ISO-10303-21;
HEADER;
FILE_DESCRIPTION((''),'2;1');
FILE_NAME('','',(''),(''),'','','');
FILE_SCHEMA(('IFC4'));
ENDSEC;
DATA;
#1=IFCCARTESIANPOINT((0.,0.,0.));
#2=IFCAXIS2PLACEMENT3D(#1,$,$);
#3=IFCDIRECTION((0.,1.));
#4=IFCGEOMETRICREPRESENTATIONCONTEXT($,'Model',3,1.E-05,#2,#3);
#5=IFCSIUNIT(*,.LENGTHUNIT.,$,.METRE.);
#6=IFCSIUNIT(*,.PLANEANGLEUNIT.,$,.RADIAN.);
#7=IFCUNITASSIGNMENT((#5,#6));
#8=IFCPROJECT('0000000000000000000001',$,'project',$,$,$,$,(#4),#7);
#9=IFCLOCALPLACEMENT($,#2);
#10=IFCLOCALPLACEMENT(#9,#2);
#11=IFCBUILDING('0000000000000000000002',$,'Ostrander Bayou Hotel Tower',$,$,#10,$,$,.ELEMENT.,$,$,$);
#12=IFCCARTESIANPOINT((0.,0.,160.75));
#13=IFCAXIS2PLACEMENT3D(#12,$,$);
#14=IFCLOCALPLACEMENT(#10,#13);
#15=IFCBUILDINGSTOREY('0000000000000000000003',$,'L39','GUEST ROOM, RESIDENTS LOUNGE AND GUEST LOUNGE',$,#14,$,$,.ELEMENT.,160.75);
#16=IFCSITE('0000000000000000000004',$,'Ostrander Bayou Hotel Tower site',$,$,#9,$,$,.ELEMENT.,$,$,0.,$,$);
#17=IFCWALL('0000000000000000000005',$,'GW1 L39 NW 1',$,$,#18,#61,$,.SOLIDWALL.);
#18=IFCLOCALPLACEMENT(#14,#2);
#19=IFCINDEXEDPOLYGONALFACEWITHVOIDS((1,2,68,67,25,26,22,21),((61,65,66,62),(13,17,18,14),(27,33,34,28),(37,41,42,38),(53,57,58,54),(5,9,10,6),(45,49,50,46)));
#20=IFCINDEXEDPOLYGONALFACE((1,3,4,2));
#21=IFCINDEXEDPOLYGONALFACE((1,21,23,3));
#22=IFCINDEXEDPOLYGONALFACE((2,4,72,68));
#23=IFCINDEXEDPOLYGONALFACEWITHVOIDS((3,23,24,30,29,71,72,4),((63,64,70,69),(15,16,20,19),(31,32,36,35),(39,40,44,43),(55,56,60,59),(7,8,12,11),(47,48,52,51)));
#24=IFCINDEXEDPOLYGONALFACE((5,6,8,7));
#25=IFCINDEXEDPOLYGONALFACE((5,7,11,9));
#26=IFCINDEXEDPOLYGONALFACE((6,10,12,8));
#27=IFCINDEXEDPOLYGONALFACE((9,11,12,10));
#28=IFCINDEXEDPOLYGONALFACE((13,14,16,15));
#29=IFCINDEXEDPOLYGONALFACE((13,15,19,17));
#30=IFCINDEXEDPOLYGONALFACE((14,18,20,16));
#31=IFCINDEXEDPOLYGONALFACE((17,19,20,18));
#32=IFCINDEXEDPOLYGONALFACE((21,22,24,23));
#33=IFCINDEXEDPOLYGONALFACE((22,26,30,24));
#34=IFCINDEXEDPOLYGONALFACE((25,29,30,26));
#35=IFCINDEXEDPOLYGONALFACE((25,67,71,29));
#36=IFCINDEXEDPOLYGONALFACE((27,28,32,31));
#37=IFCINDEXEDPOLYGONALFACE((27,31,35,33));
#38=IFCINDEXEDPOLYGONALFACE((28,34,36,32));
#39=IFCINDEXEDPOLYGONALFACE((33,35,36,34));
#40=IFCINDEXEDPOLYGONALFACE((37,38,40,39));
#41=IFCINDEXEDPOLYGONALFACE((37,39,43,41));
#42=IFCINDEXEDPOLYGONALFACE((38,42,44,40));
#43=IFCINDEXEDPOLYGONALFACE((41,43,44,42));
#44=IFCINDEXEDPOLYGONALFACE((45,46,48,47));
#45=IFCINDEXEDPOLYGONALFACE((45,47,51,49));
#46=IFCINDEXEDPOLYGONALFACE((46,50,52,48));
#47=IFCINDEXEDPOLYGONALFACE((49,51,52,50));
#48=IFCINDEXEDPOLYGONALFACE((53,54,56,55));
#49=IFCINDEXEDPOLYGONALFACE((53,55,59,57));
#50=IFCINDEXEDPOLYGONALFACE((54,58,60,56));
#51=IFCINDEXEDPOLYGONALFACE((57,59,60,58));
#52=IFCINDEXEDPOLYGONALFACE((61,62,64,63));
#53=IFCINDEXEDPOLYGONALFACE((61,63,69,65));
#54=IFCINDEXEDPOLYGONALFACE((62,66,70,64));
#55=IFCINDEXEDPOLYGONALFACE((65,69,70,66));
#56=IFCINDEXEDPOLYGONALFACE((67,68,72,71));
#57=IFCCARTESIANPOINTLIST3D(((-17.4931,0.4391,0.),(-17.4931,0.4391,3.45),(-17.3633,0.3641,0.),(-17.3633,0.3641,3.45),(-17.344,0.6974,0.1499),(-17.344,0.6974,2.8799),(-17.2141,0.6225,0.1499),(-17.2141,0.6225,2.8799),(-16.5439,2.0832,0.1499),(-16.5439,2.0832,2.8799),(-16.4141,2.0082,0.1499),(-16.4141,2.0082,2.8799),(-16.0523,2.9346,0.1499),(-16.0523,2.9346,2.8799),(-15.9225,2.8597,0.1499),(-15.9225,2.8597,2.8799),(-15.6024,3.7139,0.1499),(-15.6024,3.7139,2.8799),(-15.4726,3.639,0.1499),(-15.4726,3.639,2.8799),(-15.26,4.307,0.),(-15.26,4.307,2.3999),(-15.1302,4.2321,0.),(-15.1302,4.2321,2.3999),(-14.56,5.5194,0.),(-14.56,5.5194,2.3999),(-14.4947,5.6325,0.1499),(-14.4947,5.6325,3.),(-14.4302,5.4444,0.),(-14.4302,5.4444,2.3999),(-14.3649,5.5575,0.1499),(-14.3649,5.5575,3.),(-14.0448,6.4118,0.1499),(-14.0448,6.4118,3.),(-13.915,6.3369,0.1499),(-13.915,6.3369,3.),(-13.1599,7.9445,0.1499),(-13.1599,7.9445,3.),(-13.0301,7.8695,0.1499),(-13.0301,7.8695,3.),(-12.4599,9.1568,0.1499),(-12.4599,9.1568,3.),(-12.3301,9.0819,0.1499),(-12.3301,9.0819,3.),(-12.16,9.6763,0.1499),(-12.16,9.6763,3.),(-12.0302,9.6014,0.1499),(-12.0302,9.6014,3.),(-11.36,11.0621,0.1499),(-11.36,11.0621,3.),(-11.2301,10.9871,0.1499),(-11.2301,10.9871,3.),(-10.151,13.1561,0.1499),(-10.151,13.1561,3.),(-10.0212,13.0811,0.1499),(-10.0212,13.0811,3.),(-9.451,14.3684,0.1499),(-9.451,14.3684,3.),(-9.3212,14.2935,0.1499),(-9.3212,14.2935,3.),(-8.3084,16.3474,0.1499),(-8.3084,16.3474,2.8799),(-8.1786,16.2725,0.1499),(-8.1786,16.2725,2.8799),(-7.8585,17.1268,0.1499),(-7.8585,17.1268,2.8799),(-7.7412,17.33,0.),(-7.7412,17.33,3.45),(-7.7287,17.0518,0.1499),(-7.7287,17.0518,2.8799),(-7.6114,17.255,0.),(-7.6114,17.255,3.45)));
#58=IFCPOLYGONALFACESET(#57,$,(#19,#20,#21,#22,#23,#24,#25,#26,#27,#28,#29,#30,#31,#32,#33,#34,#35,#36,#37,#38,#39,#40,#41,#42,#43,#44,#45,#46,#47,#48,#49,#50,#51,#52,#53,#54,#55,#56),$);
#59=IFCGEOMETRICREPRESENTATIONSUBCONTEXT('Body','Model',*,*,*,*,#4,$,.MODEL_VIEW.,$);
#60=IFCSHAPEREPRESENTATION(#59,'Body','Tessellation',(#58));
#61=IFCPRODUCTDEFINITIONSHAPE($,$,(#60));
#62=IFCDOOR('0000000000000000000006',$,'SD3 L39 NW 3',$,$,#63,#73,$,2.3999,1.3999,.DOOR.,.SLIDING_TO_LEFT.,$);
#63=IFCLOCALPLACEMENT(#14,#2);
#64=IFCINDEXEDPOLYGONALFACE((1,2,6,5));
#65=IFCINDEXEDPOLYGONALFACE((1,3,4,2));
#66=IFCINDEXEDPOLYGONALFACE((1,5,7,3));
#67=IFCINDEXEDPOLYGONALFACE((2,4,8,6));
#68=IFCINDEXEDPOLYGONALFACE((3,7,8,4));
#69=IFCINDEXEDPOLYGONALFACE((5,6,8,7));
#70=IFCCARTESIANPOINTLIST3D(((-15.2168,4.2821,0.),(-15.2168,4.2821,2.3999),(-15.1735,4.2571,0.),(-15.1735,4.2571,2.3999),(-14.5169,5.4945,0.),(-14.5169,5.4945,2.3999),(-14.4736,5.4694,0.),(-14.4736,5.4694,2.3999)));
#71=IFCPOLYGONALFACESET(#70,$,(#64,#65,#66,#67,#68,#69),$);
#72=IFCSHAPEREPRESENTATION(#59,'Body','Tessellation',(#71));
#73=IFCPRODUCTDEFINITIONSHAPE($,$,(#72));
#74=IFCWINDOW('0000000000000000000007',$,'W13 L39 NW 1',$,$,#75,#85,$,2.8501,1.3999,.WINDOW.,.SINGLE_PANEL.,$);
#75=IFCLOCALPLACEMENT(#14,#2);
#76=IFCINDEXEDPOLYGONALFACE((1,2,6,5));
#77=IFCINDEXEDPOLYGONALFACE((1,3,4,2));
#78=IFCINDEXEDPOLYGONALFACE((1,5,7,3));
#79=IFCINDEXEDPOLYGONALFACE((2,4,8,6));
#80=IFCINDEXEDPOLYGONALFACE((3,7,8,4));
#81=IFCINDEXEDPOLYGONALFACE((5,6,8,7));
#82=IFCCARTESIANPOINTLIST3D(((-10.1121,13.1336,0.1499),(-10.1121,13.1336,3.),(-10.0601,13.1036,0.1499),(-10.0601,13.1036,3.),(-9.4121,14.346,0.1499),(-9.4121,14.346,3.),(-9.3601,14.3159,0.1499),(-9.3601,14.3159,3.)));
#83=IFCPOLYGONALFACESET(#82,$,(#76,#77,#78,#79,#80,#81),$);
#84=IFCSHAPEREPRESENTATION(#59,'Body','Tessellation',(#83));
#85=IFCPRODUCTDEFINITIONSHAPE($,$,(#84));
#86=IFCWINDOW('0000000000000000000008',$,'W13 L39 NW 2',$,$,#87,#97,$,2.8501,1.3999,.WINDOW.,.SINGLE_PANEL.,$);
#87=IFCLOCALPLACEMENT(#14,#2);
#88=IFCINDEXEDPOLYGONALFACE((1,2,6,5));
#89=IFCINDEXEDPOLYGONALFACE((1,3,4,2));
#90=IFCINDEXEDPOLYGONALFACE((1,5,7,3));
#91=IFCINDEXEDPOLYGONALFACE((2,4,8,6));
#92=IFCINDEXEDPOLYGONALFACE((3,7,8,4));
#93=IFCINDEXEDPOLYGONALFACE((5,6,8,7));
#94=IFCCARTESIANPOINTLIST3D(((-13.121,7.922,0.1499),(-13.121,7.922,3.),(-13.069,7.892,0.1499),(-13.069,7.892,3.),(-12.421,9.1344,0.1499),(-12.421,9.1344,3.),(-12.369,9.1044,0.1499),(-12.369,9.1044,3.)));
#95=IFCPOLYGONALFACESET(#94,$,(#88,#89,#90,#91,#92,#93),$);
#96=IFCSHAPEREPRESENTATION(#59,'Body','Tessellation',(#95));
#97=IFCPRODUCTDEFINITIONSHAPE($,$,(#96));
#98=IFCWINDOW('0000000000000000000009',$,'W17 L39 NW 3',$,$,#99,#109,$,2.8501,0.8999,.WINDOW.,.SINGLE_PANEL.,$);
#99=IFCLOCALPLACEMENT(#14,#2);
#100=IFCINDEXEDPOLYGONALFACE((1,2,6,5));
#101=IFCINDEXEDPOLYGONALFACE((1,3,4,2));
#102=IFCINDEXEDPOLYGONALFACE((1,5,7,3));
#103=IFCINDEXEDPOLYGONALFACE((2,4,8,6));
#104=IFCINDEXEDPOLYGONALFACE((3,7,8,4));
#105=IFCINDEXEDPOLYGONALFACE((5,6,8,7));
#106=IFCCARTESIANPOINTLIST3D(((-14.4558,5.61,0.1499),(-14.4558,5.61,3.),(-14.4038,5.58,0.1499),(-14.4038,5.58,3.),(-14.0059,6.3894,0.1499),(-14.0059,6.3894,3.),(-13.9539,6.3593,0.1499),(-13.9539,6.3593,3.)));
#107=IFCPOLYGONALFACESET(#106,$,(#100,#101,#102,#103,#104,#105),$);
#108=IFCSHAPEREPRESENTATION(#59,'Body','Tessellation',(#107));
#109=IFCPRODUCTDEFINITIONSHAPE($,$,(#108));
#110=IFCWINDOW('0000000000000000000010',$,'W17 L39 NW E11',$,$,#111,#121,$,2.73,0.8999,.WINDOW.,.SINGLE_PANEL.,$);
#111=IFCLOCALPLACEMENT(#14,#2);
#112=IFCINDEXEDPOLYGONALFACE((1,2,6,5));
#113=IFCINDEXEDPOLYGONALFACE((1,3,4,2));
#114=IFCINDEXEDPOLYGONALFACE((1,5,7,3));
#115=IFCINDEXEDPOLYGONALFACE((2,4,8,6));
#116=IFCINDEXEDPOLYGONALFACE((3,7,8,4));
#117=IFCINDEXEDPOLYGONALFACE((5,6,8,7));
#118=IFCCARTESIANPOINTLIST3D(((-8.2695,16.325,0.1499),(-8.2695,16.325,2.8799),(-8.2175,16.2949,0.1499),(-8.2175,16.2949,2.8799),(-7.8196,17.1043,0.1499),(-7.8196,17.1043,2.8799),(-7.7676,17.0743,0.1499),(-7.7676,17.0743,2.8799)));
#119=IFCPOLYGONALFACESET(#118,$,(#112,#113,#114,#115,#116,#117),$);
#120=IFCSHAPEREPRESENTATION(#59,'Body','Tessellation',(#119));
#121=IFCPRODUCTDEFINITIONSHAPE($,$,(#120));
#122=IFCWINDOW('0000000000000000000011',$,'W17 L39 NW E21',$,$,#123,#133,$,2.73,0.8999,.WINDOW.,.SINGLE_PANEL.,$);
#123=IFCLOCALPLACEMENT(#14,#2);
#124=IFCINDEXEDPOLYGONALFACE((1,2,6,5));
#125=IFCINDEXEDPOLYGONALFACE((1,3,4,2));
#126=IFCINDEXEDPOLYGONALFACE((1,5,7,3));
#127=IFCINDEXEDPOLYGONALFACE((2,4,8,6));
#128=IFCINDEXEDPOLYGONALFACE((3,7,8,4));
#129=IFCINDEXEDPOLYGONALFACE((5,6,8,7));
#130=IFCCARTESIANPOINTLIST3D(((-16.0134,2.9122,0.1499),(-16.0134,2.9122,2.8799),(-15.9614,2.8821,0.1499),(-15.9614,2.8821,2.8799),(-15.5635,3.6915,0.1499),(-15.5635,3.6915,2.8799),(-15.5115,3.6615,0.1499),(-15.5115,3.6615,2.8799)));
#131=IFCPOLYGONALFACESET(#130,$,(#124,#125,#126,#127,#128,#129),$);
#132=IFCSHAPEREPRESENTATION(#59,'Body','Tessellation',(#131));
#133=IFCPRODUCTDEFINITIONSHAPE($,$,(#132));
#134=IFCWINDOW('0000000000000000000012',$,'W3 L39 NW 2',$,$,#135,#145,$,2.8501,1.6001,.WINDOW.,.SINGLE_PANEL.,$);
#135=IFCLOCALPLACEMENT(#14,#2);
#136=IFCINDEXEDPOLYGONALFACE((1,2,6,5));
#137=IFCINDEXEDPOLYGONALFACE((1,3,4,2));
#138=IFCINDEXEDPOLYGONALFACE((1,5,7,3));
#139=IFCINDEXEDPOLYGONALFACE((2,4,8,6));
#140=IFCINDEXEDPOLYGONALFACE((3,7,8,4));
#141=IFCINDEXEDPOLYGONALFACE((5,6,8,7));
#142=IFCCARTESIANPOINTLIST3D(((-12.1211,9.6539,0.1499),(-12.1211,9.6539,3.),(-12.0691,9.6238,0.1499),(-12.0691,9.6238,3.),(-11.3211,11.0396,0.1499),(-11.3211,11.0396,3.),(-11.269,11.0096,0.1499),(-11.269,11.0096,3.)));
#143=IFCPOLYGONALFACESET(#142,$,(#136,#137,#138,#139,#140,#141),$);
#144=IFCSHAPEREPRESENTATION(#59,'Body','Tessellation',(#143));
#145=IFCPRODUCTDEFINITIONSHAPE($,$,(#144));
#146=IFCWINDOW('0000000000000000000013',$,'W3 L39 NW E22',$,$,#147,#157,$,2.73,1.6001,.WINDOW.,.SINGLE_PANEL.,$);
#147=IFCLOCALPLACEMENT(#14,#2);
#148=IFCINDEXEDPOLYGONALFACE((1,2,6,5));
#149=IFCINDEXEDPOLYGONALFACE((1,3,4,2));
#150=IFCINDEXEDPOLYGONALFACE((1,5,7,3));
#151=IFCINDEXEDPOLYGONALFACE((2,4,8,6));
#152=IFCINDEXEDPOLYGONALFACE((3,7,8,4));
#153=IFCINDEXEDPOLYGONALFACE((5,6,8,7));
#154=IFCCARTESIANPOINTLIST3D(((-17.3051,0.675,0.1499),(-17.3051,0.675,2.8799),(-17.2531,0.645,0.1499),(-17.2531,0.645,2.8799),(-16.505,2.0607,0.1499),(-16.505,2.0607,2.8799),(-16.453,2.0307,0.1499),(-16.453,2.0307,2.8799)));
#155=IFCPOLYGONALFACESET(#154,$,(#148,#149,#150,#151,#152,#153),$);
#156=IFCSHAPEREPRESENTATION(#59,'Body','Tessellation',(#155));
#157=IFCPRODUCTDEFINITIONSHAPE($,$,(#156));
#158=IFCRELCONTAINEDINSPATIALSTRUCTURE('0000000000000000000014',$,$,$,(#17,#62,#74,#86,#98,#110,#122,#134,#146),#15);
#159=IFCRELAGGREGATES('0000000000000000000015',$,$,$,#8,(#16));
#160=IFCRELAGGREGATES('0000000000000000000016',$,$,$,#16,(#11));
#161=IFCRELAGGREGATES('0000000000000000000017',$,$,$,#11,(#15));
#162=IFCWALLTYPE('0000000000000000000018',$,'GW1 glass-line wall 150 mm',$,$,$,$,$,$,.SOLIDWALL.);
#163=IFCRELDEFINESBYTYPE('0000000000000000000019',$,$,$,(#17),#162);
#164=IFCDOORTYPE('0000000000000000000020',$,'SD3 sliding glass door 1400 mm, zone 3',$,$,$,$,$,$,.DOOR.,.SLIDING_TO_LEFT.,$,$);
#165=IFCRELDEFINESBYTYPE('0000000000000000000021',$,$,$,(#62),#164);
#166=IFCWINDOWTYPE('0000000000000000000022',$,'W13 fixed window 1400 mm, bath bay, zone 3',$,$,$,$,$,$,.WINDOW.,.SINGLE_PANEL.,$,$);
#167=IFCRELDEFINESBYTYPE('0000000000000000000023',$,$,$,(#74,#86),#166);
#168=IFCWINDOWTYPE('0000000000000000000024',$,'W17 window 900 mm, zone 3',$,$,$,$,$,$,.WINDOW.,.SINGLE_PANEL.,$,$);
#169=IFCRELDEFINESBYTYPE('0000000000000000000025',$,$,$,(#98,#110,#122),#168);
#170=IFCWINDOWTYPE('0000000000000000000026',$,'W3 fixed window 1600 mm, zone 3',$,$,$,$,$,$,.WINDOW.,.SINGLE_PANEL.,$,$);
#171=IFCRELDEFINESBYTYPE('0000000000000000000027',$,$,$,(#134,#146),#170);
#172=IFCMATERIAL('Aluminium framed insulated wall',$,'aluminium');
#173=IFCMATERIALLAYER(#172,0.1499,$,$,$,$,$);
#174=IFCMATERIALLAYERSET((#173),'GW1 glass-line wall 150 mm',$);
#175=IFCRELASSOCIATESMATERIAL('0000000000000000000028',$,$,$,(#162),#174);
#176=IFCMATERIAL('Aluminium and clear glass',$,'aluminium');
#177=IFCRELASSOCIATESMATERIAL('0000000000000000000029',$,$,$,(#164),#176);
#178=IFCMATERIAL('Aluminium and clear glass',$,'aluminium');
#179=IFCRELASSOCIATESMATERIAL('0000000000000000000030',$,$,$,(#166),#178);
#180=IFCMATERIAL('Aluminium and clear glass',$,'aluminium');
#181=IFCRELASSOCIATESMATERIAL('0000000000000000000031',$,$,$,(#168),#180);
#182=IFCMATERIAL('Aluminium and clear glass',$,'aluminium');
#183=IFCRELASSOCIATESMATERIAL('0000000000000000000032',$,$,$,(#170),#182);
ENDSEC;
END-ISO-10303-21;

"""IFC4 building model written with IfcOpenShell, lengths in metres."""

from ifc_helpers import new_model, si_unit, direction, frame, frame_2d, origin, place, context, subcontext, project, spatial, rectangle, extrude, material, layer, layer_set, type_object, element, fill, save


model = new_model("IFC4")

# Units and contexts
model_context = context("Model", 3, precision=1e-05, world=origin(), true_north=direction((0.0, 1.0)))
body_context = subcontext(model_context, "Body", "Model", "MODEL_VIEW")
ifc_project = project(units=[si_unit("LENGTHUNIT", "METRE"), si_unit("PLANEANGLEUNIT", "RADIAN")], contexts=[model_context])

# Site, building, storey
site_placement = place(None, origin())
site = spatial("IfcSite", under=ifc_project, at=site_placement, Name="Ostrander Bayou Hotel Tower site", CompositionType="ELEMENT", RefElevation=0.0)
building_placement = place(site_placement, origin())
building = spatial("IfcBuilding", under=site, at=building_placement, Name="Ostrander Bayou Hotel Tower", CompositionType="ELEMENT")
storey_placement = place(building_placement, frame((0.0, 0.0, 160.75)))
storey = spatial("IfcBuildingStorey", under=building, at=storey_placement, Name="L39", Description="GUEST ROOM, RESIDENTS LOUNGE AND GUEST LOUNGE", CompositionType="ELEMENT", Elevation=160.75)

# Wall, openings, door, windows
ifc_material_1 = material(Name="Aluminium framed insulated wall", Category="aluminium")
ifc_layer_1 = layer(ifc_material_1, 0.1499)
ifc_layer_set_1 = layer_set([ifc_layer_1], Name="GW1 glass-line wall 150 mm")
wall_type_1 = type_object("IfcWallType", Name="GW1 glass-line wall 150 mm", PredefinedType="SOLIDWALL", material=ifc_layer_set_1)
wall_1_placement = place(storey_placement, frame((-7.6763, 17.2925, 0.0), z_axis=(0.0, 0.0, 1.0), x_axis=(-0.5, -0.866025, 0.0)))
wall_1 = element("IfcWall", 1, at=wall_1_placement, inside=storey, type_object=wall_type_1, Name="GW1 L39 NW 1", PredefinedType="SOLIDWALL", context=body_context, shape_type="SweptSolid", body=[
    extrude(rectangle(XDim=19.5039, YDim=0.1499, at=frame_2d((9.752, 0.0))), origin(), (0.0, 0.0, 1.0), 3.45),
])
opening_1_placement = place(wall_1_placement, frame((3.4197, 0.0, 0.1499)))
opening_1 = element("IfcOpeningElement", 2, at=opening_1_placement, cuts=wall_1, PredefinedType="OPENING", context=body_context, shape_type="SweptSolid", body=[
    extrude(rectangle(XDim=1.3999, YDim=2.8501, at=frame_2d((0.7, 1.425))), frame((0.0, 0.075, 0.0), z_axis=(0.0, -1.0, 0.0), x_axis=(1.0, 0.0, 0.0)), (0.0, 0.0, 1.0), 0.1499),
])
opening_2_placement = place(wall_1_placement, frame((7.2375, 0.0, 0.1499)))
opening_2 = element("IfcOpeningElement", 3, at=opening_2_placement, cuts=wall_1, PredefinedType="OPENING", context=body_context, shape_type="SweptSolid", body=[
    extrude(rectangle(XDim=1.6001, YDim=2.8501, at=frame_2d((0.8, 1.425))), frame((0.0, 0.075, 0.0), z_axis=(0.0, -1.0, 0.0), x_axis=(1.0, 0.0, 0.0)), (0.0, 0.0, 1.0), 0.1499),
])
opening_3_placement = place(wall_1_placement, frame((9.4375, 0.0, 0.1499)))
opening_3 = element("IfcOpeningElement", 4, at=opening_3_placement, cuts=wall_1, PredefinedType="OPENING", context=body_context, shape_type="SweptSolid", body=[
    extrude(rectangle(XDim=1.3999, YDim=2.8501, at=frame_2d((0.7, 1.425))), frame((0.0, 0.075, 0.0), z_axis=(0.0, -1.0, 0.0), x_axis=(1.0, 0.0, 0.0)), (0.0, 0.0, 1.0), 0.1499),
])
opening_4_placement = place(wall_1_placement, frame((12.6072, 0.0, 0.1499)))
opening_4 = element("IfcOpeningElement", 5, at=opening_4_placement, cuts=wall_1, PredefinedType="OPENING", context=body_context, shape_type="SweptSolid", body=[
    extrude(rectangle(XDim=0.8999, YDim=2.8501, at=frame_2d((0.45, 1.425))), frame((0.0, 0.075, 0.0), z_axis=(0.0, -1.0, 0.0), x_axis=(1.0, 0.0, 0.0)), (0.0, 0.0, 1.0), 0.1499),
])
opening_5_placement = place(wall_1_placement, frame((13.6377, 0.0, 0.0)))
opening_5 = element("IfcOpeningElement", 6, at=opening_5_placement, cuts=wall_1, PredefinedType="OPENING", context=body_context, shape_type="SweptSolid", body=[
    extrude(rectangle(XDim=1.3999, YDim=2.3999, at=frame_2d((0.7, 1.2))), frame((0.0, 0.075, 0.0), z_axis=(0.0, -1.0, 0.0), x_axis=(1.0, 0.0, 0.0)), (0.0, 0.0, 1.0), 0.1499),
])
opening_6_placement = place(wall_1_placement, frame((0.2346, 0.0, 0.1499)))
opening_6 = element("IfcOpeningElement", 7, at=opening_6_placement, cuts=wall_1, PredefinedType="OPENING", context=body_context, shape_type="SweptSolid", body=[
    extrude(rectangle(XDim=0.8999, YDim=2.73, at=frame_2d((0.45, 1.365))), frame((0.0, 0.075, 0.0), z_axis=(0.0, -1.0, 0.0), x_axis=(1.0, 0.0, 0.0)), (0.0, 0.0, 1.0), 0.1499),
])
opening_7_placement = place(wall_1_placement, frame((15.7224, 0.0, 0.1499)))
opening_7 = element("IfcOpeningElement", 8, at=opening_7_placement, cuts=wall_1, PredefinedType="OPENING", context=body_context, shape_type="SweptSolid", body=[
    extrude(rectangle(XDim=0.8999, YDim=2.73, at=frame_2d((0.45, 1.365))), frame((0.0, 0.075, 0.0), z_axis=(0.0, -1.0, 0.0), x_axis=(1.0, 0.0, 0.0)), (0.0, 0.0, 1.0), 0.1499),
])
opening_8_placement = place(wall_1_placement, frame((17.6055, 0.0, 0.1499)))
opening_8 = element("IfcOpeningElement", 9, at=opening_8_placement, cuts=wall_1, PredefinedType="OPENING", context=body_context, shape_type="SweptSolid", body=[
    extrude(rectangle(XDim=1.6001, YDim=2.73, at=frame_2d((0.8, 1.365))), frame((0.0, 0.075, 0.0), z_axis=(0.0, -1.0, 0.0), x_axis=(1.0, 0.0, 0.0)), (0.0, 0.0, 1.0), 0.1499),
])
ifc_material_2 = material(Name="Aluminium and clear glass", Category="aluminium")
door_type_1 = type_object("IfcDoorType", Name="SD3 sliding glass door 1400 mm, zone 3", OperationType="SLIDING_TO_LEFT", PredefinedType="DOOR", material=ifc_material_2)
door_1_placement = place(opening_5_placement, origin())
door_1 = element("IfcDoor", 10, at=door_1_placement, inside=storey, type_object=door_type_1, Name="SD3 L39 NW 3", OperationType="SLIDING_TO_LEFT", OverallHeight=2.3999, OverallWidth=1.3999, PredefinedType="DOOR", context=body_context, shape_type="SweptSolid", body=[
    extrude(rectangle(XDim=1.3999, YDim=2.3999, at=frame_2d((0.7, 1.2))), frame((0.0, 0.0249, 0.0), z_axis=(0.0, -1.0, 0.0), x_axis=(1.0, 0.0, 0.0)), (0.0, 0.0, 1.0), 0.05),
])
fill(opening_5, door_1)
ifc_material_3 = material(Name="Aluminium and clear glass", Category="aluminium")
window_type_1 = type_object("IfcWindowType", Name="W13 fixed window 1400 mm, bath bay, zone 3", PartitioningType="SINGLE_PANEL", PredefinedType="WINDOW", material=ifc_material_3)
window_1_placement = place(opening_1_placement, origin())
window_1 = element("IfcWindow", 11, at=window_1_placement, inside=storey, type_object=window_type_1, Name="W13 L39 NW 1", OverallHeight=2.8501, OverallWidth=1.3999, PartitioningType="SINGLE_PANEL", PredefinedType="WINDOW", context=body_context, shape_type="SweptSolid", body=[
    extrude(rectangle(XDim=1.3999, YDim=2.8501, at=frame_2d((0.7, 1.425))), frame((0.0, 0.03, 0.0), z_axis=(0.0, -1.0, 0.0), x_axis=(1.0, 0.0, 0.0)), (0.0, 0.0, 1.0), 0.0601),
])
fill(opening_1, window_1)
window_2_placement = place(opening_3_placement, origin())
window_2 = element("IfcWindow", 12, at=window_2_placement, inside=storey, type_object=window_type_1, Name="W13 L39 NW 2", OverallHeight=2.8501, OverallWidth=1.3999, PartitioningType="SINGLE_PANEL", PredefinedType="WINDOW", context=body_context, shape_type="SweptSolid", body=[
    extrude(rectangle(XDim=1.3999, YDim=2.8501, at=frame_2d((0.7, 1.425))), frame((0.0, 0.03, 0.0), z_axis=(0.0, -1.0, 0.0), x_axis=(1.0, 0.0, 0.0)), (0.0, 0.0, 1.0), 0.0601),
])
fill(opening_3, window_2)
ifc_material_4 = material(Name="Aluminium and clear glass", Category="aluminium")
window_type_2 = type_object("IfcWindowType", Name="W17 window 900 mm, zone 3", PartitioningType="SINGLE_PANEL", PredefinedType="WINDOW", material=ifc_material_4)
window_3_placement = place(opening_4_placement, origin())
window_3 = element("IfcWindow", 13, at=window_3_placement, inside=storey, type_object=window_type_2, Name="W17 L39 NW 3", OverallHeight=2.8501, OverallWidth=0.8999, PartitioningType="SINGLE_PANEL", PredefinedType="WINDOW", context=body_context, shape_type="SweptSolid", body=[
    extrude(rectangle(XDim=0.8999, YDim=2.8501, at=frame_2d((0.45, 1.425))), frame((0.0, 0.03, 0.0), z_axis=(0.0, -1.0, 0.0), x_axis=(1.0, 0.0, 0.0)), (0.0, 0.0, 1.0), 0.0601),
])
fill(opening_4, window_3)
window_4_placement = place(opening_6_placement, origin())
window_4 = element("IfcWindow", 14, at=window_4_placement, inside=storey, type_object=window_type_2, Name="W17 L39 NW E11", OverallHeight=2.73, OverallWidth=0.8999, PartitioningType="SINGLE_PANEL", PredefinedType="WINDOW", context=body_context, shape_type="SweptSolid", body=[
    extrude(rectangle(XDim=0.8999, YDim=2.73, at=frame_2d((0.45, 1.365))), frame((0.0, 0.03, 0.0), z_axis=(0.0, -1.0, 0.0), x_axis=(1.0, 0.0, 0.0)), (0.0, 0.0, 1.0), 0.0601),
])
fill(opening_6, window_4)
window_5_placement = place(opening_7_placement, origin())
window_5 = element("IfcWindow", 15, at=window_5_placement, inside=storey, type_object=window_type_2, Name="W17 L39 NW E21", OverallHeight=2.73, OverallWidth=0.8999, PartitioningType="SINGLE_PANEL", PredefinedType="WINDOW", context=body_context, shape_type="SweptSolid", body=[
    extrude(rectangle(XDim=0.8999, YDim=2.73, at=frame_2d((0.45, 1.365))), frame((0.0, 0.03, 0.0), z_axis=(0.0, -1.0, 0.0), x_axis=(1.0, 0.0, 0.0)), (0.0, 0.0, 1.0), 0.0601),
])
fill(opening_7, window_5)
ifc_material_5 = material(Name="Aluminium and clear glass", Category="aluminium")
window_type_3 = type_object("IfcWindowType", Name="W3 fixed window 1600 mm, zone 3", PartitioningType="SINGLE_PANEL", PredefinedType="WINDOW", material=ifc_material_5)
window_6_placement = place(opening_2_placement, origin())
window_6 = element("IfcWindow", 16, at=window_6_placement, inside=storey, type_object=window_type_3, Name="W3 L39 NW 2", OverallHeight=2.8501, OverallWidth=1.6001, PartitioningType="SINGLE_PANEL", PredefinedType="WINDOW", context=body_context, shape_type="SweptSolid", body=[
    extrude(rectangle(XDim=1.6001, YDim=2.8501, at=frame_2d((0.8, 1.425))), frame((0.0, 0.03, 0.0), z_axis=(0.0, -1.0, 0.0), x_axis=(1.0, 0.0, 0.0)), (0.0, 0.0, 1.0), 0.0601),
])
fill(opening_2, window_6)
window_7_placement = place(opening_8_placement, origin())
window_7 = element("IfcWindow", 17, at=window_7_placement, inside=storey, type_object=window_type_3, Name="W3 L39 NW E22", OverallHeight=2.73, OverallWidth=1.6001, PartitioningType="SINGLE_PANEL", PredefinedType="WINDOW", context=body_context, shape_type="SweptSolid", body=[
    extrude(rectangle(XDim=1.6001, YDim=2.73, at=frame_2d((0.8, 1.365))), frame((0.0, 0.03, 0.0), z_axis=(0.0, -1.0, 0.0), x_axis=(1.0, 0.0, 0.0)), (0.0, 0.0, 1.0), 0.0601),
])
fill(opening_8, window_7)

save(model, "model.ifc")
